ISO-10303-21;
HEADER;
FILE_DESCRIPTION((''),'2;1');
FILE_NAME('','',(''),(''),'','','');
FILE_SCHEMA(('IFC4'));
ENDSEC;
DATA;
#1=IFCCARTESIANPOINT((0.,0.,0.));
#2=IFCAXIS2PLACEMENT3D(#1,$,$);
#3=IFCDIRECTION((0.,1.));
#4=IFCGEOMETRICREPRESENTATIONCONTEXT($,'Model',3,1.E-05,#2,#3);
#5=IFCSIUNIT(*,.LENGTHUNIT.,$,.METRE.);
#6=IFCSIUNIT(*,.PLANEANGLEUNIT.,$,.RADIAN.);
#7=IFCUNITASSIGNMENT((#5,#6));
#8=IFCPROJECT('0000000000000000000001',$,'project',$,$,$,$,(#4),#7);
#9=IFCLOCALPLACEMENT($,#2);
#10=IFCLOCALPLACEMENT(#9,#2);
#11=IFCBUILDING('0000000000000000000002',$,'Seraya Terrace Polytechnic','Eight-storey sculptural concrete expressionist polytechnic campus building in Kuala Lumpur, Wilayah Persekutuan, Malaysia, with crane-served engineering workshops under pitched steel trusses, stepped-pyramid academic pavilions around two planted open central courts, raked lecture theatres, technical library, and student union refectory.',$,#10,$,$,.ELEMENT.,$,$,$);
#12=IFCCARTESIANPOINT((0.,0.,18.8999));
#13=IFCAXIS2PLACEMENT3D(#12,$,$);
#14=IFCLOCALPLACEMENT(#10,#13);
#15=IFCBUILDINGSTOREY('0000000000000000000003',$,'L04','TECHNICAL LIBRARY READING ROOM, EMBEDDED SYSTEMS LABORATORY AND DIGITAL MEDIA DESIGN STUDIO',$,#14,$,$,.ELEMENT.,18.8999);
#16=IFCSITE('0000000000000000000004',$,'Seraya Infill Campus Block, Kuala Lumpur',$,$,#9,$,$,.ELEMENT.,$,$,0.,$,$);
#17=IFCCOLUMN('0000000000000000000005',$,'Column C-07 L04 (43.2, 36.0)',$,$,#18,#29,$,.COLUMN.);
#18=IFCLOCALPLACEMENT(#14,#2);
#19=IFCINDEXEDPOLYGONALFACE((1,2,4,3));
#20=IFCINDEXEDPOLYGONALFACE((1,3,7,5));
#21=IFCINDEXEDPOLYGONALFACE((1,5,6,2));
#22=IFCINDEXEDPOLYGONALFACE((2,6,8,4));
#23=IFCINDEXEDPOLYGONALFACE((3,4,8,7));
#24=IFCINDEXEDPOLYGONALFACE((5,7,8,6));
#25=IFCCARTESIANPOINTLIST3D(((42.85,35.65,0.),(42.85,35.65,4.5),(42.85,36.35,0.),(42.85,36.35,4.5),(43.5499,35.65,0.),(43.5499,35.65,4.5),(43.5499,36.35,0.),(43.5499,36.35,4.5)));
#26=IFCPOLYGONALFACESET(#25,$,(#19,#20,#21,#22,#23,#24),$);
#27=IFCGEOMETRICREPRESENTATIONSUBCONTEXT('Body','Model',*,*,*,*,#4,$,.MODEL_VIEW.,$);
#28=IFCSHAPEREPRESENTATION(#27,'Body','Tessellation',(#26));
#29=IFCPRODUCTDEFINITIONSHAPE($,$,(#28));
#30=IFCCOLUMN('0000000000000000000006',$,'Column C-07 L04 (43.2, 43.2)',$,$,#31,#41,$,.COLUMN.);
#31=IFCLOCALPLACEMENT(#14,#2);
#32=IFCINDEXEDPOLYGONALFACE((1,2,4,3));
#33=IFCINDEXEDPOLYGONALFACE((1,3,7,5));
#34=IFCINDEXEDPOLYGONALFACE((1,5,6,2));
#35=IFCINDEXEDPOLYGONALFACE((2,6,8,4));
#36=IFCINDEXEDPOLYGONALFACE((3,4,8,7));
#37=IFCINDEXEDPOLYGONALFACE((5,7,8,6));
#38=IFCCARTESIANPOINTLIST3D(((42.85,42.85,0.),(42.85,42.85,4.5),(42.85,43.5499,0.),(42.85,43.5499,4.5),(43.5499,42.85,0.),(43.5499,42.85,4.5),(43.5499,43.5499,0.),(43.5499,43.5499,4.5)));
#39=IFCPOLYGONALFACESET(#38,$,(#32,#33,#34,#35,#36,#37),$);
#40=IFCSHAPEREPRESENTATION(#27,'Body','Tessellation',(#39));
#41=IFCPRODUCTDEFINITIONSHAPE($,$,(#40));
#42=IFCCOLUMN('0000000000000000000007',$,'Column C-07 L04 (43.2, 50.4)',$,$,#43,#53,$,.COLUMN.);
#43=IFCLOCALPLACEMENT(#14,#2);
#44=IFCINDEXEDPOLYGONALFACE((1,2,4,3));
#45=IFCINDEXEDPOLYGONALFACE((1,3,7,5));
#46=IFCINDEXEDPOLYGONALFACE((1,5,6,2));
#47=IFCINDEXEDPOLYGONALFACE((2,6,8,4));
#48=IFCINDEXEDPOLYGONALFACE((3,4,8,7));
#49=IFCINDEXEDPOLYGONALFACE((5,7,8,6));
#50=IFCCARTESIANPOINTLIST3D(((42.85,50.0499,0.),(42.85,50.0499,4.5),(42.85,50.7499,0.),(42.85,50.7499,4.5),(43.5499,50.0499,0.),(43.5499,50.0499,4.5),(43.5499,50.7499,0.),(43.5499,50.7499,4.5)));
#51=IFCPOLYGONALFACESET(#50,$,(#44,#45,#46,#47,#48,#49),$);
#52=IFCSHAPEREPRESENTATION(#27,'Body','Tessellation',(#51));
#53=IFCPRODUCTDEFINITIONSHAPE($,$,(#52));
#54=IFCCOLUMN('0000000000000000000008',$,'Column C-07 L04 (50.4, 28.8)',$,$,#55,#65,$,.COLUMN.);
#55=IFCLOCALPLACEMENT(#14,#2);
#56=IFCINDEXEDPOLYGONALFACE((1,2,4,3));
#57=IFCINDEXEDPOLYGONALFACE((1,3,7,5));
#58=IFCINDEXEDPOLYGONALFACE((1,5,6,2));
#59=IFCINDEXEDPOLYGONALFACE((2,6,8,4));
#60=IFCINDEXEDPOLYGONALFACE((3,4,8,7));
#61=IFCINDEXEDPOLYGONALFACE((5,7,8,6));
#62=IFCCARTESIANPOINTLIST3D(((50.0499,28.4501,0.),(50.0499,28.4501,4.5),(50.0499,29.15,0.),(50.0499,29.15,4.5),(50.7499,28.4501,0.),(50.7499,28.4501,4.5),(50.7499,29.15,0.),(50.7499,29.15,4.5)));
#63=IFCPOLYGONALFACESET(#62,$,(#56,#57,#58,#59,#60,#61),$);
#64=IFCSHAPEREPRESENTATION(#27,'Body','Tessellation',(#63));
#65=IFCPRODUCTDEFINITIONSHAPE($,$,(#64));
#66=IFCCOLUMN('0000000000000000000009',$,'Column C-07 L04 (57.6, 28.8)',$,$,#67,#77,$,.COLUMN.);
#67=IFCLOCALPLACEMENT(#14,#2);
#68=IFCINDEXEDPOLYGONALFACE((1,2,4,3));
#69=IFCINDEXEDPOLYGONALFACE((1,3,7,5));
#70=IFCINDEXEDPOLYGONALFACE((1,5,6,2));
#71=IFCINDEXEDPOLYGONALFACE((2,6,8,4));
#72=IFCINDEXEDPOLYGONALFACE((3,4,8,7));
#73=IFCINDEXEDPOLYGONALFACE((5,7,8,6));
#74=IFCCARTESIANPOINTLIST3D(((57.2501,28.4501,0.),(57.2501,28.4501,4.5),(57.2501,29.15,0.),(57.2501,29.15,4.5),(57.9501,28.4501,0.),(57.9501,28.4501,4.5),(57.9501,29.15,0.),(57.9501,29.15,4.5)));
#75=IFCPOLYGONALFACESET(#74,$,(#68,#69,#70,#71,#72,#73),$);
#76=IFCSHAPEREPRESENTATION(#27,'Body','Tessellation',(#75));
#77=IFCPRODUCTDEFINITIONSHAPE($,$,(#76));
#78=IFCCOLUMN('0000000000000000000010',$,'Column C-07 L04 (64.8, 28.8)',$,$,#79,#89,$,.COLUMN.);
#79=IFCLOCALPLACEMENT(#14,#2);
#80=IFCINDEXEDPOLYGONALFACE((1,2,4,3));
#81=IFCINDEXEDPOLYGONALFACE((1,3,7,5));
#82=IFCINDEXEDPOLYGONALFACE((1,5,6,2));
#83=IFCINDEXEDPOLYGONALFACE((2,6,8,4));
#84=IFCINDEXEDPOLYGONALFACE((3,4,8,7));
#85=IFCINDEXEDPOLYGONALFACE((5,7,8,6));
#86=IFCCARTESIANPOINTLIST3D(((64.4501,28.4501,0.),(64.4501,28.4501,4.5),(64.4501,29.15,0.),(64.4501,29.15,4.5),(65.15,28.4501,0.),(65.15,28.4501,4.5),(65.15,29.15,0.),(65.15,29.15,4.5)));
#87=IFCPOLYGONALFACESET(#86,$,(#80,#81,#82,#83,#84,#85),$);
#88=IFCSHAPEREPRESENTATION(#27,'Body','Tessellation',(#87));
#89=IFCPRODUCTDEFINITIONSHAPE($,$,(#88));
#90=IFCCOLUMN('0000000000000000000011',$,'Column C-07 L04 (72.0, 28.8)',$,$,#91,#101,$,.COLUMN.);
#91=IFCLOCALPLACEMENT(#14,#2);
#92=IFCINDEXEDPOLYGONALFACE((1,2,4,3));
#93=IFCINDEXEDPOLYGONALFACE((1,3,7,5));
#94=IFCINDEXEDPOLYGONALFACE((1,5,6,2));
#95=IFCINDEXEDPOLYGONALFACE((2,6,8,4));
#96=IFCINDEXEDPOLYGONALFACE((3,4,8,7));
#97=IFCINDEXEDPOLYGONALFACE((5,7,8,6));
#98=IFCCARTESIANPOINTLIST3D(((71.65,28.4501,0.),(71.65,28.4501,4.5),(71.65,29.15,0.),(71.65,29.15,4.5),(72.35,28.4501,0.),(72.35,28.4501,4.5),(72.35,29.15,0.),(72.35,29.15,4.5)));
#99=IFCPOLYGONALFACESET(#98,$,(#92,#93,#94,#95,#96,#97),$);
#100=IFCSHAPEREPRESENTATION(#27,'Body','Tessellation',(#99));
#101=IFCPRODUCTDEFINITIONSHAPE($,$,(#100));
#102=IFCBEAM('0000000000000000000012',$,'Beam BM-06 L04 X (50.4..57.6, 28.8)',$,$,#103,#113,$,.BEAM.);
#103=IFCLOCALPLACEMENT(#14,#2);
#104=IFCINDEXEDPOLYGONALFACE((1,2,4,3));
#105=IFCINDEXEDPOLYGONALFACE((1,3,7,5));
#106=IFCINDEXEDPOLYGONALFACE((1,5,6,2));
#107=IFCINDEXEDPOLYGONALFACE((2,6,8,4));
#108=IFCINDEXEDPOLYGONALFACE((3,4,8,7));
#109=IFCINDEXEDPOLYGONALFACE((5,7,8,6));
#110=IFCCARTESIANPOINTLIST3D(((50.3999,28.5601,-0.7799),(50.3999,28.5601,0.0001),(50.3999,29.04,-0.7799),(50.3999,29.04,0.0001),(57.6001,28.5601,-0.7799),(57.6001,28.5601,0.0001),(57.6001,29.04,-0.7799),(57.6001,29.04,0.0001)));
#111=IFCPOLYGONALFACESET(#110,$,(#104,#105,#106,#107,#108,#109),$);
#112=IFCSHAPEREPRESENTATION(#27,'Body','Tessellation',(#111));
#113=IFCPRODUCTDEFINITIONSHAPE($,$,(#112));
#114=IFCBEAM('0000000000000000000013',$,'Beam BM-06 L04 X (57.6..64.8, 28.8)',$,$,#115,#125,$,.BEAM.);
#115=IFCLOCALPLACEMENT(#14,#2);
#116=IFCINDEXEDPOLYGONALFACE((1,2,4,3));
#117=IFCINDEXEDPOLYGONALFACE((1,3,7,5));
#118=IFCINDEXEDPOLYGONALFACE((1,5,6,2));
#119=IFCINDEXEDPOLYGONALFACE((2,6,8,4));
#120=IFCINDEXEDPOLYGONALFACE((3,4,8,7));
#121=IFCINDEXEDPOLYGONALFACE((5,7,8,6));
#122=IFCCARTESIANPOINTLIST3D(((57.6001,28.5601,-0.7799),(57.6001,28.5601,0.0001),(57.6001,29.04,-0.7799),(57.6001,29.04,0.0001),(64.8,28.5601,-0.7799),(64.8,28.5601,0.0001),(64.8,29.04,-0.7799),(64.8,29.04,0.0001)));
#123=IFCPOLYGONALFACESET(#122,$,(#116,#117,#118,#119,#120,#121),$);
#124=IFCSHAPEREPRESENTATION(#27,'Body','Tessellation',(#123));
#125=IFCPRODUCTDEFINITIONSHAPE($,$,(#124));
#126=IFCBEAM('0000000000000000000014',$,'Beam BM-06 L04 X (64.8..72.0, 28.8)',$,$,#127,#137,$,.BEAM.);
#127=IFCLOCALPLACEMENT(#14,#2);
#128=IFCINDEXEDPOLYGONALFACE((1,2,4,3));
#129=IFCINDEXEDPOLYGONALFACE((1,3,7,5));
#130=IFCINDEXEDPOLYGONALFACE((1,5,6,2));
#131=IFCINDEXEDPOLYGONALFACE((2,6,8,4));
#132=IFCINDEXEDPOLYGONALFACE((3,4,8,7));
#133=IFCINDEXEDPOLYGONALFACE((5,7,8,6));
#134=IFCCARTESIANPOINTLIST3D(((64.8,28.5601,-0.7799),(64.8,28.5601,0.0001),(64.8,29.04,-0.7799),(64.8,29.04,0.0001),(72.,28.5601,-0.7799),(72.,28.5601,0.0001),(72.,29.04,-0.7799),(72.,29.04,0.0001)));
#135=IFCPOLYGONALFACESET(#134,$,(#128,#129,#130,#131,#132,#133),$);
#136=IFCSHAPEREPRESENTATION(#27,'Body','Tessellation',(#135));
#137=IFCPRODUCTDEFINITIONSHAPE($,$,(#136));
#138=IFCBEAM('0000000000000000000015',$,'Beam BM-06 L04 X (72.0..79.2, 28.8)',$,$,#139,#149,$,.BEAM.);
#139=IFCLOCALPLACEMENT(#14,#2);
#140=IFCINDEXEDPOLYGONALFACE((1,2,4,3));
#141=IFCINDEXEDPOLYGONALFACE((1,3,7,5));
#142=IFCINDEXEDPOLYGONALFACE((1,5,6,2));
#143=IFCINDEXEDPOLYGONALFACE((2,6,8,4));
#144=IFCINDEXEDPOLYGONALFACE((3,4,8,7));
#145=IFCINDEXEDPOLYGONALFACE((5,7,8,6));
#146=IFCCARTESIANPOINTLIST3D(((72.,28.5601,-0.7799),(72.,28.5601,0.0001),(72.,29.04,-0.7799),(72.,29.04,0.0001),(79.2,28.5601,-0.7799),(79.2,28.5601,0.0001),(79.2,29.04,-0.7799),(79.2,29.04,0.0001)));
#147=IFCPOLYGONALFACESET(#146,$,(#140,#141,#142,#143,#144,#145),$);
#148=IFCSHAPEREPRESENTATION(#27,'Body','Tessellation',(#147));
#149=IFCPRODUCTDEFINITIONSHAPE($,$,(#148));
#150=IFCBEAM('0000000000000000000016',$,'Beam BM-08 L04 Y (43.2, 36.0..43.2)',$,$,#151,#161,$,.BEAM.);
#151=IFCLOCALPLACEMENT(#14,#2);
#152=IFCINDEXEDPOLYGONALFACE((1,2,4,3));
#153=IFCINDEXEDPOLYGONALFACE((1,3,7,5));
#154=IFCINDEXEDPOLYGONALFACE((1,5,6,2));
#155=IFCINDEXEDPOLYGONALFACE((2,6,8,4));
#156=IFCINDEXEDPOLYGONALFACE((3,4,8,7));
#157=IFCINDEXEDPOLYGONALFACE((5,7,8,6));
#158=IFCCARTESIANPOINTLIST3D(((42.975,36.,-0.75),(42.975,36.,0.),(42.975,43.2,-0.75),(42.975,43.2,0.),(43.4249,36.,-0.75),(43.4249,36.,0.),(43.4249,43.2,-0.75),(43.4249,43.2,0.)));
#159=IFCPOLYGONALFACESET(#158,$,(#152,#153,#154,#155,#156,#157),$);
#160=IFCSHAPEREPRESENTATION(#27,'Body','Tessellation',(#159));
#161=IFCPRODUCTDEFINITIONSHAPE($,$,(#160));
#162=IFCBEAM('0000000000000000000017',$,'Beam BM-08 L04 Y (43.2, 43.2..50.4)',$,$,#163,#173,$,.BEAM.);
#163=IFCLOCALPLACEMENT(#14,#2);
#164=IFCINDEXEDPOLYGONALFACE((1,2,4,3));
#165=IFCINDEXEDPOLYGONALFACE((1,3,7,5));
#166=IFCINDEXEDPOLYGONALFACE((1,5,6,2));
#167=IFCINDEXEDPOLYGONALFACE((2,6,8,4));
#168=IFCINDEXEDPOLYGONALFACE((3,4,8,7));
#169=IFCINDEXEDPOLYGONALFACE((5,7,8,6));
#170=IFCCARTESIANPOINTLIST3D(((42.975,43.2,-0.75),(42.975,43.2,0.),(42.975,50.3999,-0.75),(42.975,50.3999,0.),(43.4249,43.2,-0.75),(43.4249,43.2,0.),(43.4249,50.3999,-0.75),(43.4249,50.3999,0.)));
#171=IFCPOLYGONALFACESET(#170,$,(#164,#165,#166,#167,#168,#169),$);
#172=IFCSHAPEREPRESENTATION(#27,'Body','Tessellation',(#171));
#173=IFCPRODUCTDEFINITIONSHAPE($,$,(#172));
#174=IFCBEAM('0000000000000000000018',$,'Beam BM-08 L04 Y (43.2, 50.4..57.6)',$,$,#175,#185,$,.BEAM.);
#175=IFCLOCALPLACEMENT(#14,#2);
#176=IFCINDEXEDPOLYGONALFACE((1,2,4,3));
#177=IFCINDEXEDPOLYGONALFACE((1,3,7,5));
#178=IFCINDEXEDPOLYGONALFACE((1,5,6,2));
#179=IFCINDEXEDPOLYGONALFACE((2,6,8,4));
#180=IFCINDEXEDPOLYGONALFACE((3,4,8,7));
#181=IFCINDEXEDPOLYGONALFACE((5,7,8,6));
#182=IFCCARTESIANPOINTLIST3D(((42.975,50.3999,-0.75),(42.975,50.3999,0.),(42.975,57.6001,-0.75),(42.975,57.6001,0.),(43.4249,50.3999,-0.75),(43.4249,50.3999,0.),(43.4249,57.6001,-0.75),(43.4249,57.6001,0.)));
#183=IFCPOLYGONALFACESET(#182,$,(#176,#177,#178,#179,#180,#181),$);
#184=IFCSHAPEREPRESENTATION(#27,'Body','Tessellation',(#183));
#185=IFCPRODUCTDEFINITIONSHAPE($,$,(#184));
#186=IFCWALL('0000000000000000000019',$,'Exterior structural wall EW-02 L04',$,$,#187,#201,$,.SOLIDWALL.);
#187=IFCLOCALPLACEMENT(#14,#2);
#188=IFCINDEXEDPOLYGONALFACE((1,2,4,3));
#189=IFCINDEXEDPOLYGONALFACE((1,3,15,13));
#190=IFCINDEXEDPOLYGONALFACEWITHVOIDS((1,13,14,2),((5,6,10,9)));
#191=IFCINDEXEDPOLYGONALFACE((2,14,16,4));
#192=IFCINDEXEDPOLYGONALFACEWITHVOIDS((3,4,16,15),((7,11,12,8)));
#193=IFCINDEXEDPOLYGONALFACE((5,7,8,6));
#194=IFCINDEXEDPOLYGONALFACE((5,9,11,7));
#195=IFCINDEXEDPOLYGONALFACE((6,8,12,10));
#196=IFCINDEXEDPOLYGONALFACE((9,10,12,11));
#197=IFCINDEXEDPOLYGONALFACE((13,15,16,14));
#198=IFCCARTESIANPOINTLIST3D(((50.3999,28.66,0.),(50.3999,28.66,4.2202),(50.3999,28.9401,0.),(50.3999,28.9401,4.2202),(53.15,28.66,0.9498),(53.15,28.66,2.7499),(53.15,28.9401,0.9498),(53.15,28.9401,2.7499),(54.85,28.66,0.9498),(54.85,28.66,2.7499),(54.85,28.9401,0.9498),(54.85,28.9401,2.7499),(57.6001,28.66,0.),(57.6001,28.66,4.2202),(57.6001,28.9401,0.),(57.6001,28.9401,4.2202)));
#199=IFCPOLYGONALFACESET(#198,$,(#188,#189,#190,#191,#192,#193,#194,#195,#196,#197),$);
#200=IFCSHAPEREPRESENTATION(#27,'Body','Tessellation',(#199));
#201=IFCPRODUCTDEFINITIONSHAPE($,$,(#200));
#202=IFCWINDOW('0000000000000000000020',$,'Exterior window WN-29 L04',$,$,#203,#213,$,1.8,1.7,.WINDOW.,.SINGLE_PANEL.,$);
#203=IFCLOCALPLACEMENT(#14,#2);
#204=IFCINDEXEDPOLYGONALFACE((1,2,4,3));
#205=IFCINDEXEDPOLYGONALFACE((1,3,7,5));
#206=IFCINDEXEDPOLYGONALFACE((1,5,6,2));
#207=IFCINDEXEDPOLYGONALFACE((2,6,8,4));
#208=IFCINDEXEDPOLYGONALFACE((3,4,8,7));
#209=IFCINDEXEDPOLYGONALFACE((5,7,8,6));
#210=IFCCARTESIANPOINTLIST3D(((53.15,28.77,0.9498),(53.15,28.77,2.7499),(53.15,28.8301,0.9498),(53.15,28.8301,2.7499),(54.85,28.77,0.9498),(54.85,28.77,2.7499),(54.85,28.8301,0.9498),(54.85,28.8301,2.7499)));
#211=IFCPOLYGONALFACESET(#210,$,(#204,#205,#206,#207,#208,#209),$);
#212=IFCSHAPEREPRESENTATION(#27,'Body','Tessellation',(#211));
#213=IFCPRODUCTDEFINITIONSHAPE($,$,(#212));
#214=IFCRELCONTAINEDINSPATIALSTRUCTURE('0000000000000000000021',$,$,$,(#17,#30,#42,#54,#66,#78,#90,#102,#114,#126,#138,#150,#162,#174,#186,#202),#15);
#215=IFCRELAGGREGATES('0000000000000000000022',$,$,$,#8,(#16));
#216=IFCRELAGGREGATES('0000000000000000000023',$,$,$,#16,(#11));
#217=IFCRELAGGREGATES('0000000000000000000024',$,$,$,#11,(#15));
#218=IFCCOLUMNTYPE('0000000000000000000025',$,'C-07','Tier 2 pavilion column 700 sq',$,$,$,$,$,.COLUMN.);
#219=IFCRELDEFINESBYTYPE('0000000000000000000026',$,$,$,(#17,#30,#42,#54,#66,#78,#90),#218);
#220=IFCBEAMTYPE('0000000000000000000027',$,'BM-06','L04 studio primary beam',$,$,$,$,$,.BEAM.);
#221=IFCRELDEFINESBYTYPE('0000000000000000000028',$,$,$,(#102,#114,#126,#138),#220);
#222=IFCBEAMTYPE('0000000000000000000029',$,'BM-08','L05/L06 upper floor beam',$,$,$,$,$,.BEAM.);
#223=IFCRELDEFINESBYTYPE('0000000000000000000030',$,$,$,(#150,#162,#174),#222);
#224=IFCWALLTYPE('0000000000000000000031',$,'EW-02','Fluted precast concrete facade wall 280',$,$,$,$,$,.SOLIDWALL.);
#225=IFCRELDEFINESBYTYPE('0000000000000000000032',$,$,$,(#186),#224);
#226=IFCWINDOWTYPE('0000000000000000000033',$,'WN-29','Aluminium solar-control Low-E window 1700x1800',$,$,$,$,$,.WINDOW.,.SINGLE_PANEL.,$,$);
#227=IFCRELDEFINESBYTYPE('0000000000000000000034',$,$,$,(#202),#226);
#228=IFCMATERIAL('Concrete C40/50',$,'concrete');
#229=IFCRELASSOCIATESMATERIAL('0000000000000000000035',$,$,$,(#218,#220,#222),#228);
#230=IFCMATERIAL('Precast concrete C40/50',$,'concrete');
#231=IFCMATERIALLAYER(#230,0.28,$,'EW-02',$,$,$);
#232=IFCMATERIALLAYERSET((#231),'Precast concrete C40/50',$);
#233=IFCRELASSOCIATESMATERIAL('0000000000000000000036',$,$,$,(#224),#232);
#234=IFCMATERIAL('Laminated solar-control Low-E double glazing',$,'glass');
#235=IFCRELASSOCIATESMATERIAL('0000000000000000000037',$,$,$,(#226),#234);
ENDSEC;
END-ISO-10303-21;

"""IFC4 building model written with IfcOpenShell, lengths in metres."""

from ifc_helpers import new_model, si_unit, direction, frame, frame_2d, origin, origin_2d, place, context, subcontext, project, spatial, rectangle, extrude, material, layer, layer_set, material_profile, profile_set, type_object, element, fill, save


model = new_model("IFC4")

# Units and contexts
model_context = context("Model", 3, precision=1e-05, world=origin(), true_north=direction((0.0, 1.0)))
body_context = subcontext(model_context, "Body", "Model", "MODEL_VIEW")
ifc_project = project(units=[si_unit("LENGTHUNIT", "METRE"), si_unit("PLANEANGLEUNIT", "RADIAN")], contexts=[model_context])

# Site, building, storey
site_placement = place(None, origin())
site = spatial("IfcSite", under=ifc_project, at=site_placement, Name="Seraya Infill Campus Block, Kuala Lumpur", CompositionType="ELEMENT", RefElevation=0.0)
building_placement = place(site_placement, origin())
building = spatial("IfcBuilding", under=site, at=building_placement, Name="Seraya Terrace Polytechnic", Description="Eight-storey sculptural concrete expressionist polytechnic campus building in Kuala Lumpur, Wilayah Persekutuan, Malaysia, with crane-served engineering workshops under pitched steel trusses, stepped-pyramid academic pavilions around two planted open central courts, raked lecture theatres, technical library, and student union refectory.", CompositionType="ELEMENT")
storey_placement = place(building_placement, frame((0.0, 0.0, 18.8999)))
storey = spatial("IfcBuildingStorey", under=building, at=storey_placement, Name="L04", Description="TECHNICAL LIBRARY READING ROOM, EMBEDDED SYSTEMS LABORATORY AND DIGITAL MEDIA DESIGN STUDIO", CompositionType="ELEMENT", Elevation=18.8999)

# Columns
ifc_material_1 = material(Name="Concrete C40/50", Category="concrete")
ifc_material_profile_1 = material_profile(ifc_material_1, rectangle(XDim=0.7, YDim=0.7, at=origin_2d()), Name="RC 700x700")
ifc_profile_set_1 = profile_set([ifc_material_profile_1], Name="Concrete C40/50")
column_type = type_object("IfcColumnType", Name="C-07", Description="Tier 2 pavilion column 700 sq", PredefinedType="COLUMN", material=ifc_profile_set_1)
for number, where, z_axis, x_axis, name in (
    (1, (43.2, 36.0, 0.0), (0.0, 0.0, 1.0), (1.0, 0.0, 0.0), "Column C-07 L04 (43.2, 36.0)"),
    (2, (43.2, 43.2, 0.0), (0.0, 0.0, 1.0), (1.0, 0.0, 0.0), "Column C-07 L04 (43.2, 43.2)"),
    (3, (43.2, 50.3999, 0.0), (0.0, 0.0, 1.0), (1.0, 0.0, 0.0), "Column C-07 L04 (43.2, 50.4)"),
    (4, (50.3999, 28.8, 0.0), (0.0, 0.0, 1.0), (1.0, 0.0, 0.0), "Column C-07 L04 (50.4, 28.8)"),
    (5, (57.6001, 28.8, 0.0), (0.0, 0.0, 1.0), (1.0, 0.0, 0.0), "Column C-07 L04 (57.6, 28.8)"),
    (6, (64.8, 28.8, 0.0), (0.0, 0.0, 1.0), (1.0, 0.0, 0.0), "Column C-07 L04 (64.8, 28.8)"),
    (7, (72.0, 28.8, 0.0), (0.0, 0.0, 1.0), (1.0, 0.0, 0.0), "Column C-07 L04 (72.0, 28.8)"),
):
    element("IfcColumn", number, at=place(storey_placement, frame(where, z_axis=z_axis, x_axis=x_axis)), inside=storey, type_object=column_type, Name=name, PredefinedType="COLUMN", context=body_context, shape_type="SweptSolid", body=[
        extrude(rectangle(XDim=0.7, YDim=0.7, at=origin_2d()), origin(), (0.0, 0.0, 1.0), 4.5),
    ])

# Beams
ifc_material_profile_2 = material_profile(ifc_material_1, rectangle(XDim=0.48, YDim=0.78, at=origin_2d()), Name="RC 480x780")
ifc_profile_set_2 = profile_set([ifc_material_profile_2], Name="Concrete C40/50")
beam_type_1 = type_object("IfcBeamType", Name="BM-06", Description="L04 studio primary beam", PredefinedType="BEAM", material=ifc_profile_set_2)
beam_1_placement = place(storey_placement, frame((50.3999, 28.8, -0.3899), z_axis=(1.0, 0.0, 0.0), x_axis=(0.0, 1.0, 0.0)))
element("IfcBeam", 8, at=beam_1_placement, inside=storey, type_object=beam_type_1, Name="Beam BM-06 L04 X (50.4..57.6, 28.8)", PredefinedType="BEAM", context=body_context, shape_type="SweptSolid", body=[
    extrude(rectangle(XDim=0.48, YDim=0.78, at=origin_2d()), origin(), (0.0, 0.0, 1.0), 7.2002),
])
for number, where, z_axis, x_axis, name in (
    (9, (57.6001, 28.8, -0.3899), (1.0, 0.0, 0.0), (0.0, 1.0, 0.0), "Beam BM-06 L04 X (57.6..64.8, 28.8)"),
    (10, (64.8, 28.8, -0.3899), (1.0, 0.0, 0.0), (0.0, 1.0, 0.0), "Beam BM-06 L04 X (64.8..72.0, 28.8)"),
    (11, (72.0, 28.8, -0.3899), (1.0, 0.0, 0.0), (0.0, 1.0, 0.0), "Beam BM-06 L04 X (72.0..79.2, 28.8)"),
):
    element("IfcBeam", number, at=place(storey_placement, frame(where, z_axis=z_axis, x_axis=x_axis)), inside=storey, type_object=beam_type_1, Name=name, PredefinedType="BEAM", context=body_context, shape_type="SweptSolid", body=[
        extrude(rectangle(XDim=0.48, YDim=0.78, at=origin_2d()), origin(), (0.0, 0.0, 1.0), 7.2),
    ])
ifc_material_profile_3 = material_profile(ifc_material_1, rectangle(XDim=0.45, YDim=0.75, at=origin_2d()), Name="RC 450x750")
ifc_profile_set_3 = profile_set([ifc_material_profile_3], Name="Concrete C40/50")
beam_type_2 = type_object("IfcBeamType", Name="BM-08", Description="L05/L06 upper floor beam", PredefinedType="BEAM", material=ifc_profile_set_3)
for number, where, z_axis, x_axis, name in (
    (12, (43.2, 36.0, -0.375), (0.0, 1.0, 0.0), (-1.0, 0.0, 0.0), "Beam BM-08 L04 Y (43.2, 36.0..43.2)"),
    (13, (43.2, 43.2, -0.375), (0.0, 1.0, 0.0), (-1.0, 0.0, 0.0), "Beam BM-08 L04 Y (43.2, 43.2..50.4)"),
):
    element("IfcBeam", number, at=place(storey_placement, frame(where, z_axis=z_axis, x_axis=x_axis)), inside=storey, type_object=beam_type_2, Name=name, PredefinedType="BEAM", context=body_context, shape_type="SweptSolid", body=[
        extrude(rectangle(XDim=0.45, YDim=0.75, at=origin_2d()), origin(), (0.0, 0.0, 1.0), 7.2),
    ])
beam_2_placement = place(storey_placement, frame((43.2, 50.3999, -0.375), z_axis=(0.0, 1.0, 0.0), x_axis=(-1.0, 0.0, 0.0)))
element("IfcBeam", 14, at=beam_2_placement, inside=storey, type_object=beam_type_2, Name="Beam BM-08 L04 Y (43.2, 50.4..57.6)", PredefinedType="BEAM", context=body_context, shape_type="SweptSolid", body=[
    extrude(rectangle(XDim=0.45, YDim=0.75, at=origin_2d()), origin(), (0.0, 0.0, 1.0), 7.2002),
])

# Wall, opening, window
ifc_material_2 = material(Name="Precast concrete C40/50", Category="concrete")
ifc_layer = layer(ifc_material_2, 0.28, Name="EW-02")
ifc_layer_set = layer_set([ifc_layer], Name="Precast concrete C40/50")
wall_type = type_object("IfcWallType", Name="EW-02", Description="Fluted precast concrete facade wall 280", PredefinedType="SOLIDWALL", material=ifc_layer_set)
wall_1_placement = place(storey_placement, frame((50.3999, 28.8, 0.0), z_axis=(0.0, 0.0, 1.0), x_axis=(1.0, 0.0, 0.0)))
wall_1 = element("IfcWall", 15, at=wall_1_placement, inside=storey, type_object=wall_type, Name="Exterior structural wall EW-02 L04", PredefinedType="SOLIDWALL", context=body_context, shape_type="SweptSolid", body=[
    extrude(rectangle(XDim=7.2002, YDim=0.28, at=frame_2d((3.6001, 0.0))), origin(), (0.0, 0.0, 1.0), 4.2202),
])
opening_1_placement = place(wall_1_placement, frame((2.75, 0.0, 0.95)))
opening_1 = element("IfcOpeningElement", 16, at=opening_1_placement, cuts=wall_1, PredefinedType="OPENING", context=body_context, shape_type="SweptSolid", body=[
    extrude(rectangle(XDim=1.7, YDim=1.8, at=frame_2d((0.8501, 0.8999))), frame((0.0, 0.1519, 0.0), z_axis=(0.0, -1.0, 0.0), x_axis=(1.0, 0.0, 0.0)), (0.0, 0.0, 1.0), 0.304),
])
ifc_material_3 = material(Name="Laminated solar-control Low-E double glazing", Category="glass")
window_type_1 = type_object("IfcWindowType", Name="WN-29", Description="Aluminium solar-control Low-E window 1700x1800", PartitioningType="SINGLE_PANEL", PredefinedType="WINDOW", material=ifc_material_3)
window_1_placement = place(opening_1_placement, origin())
window_1 = element("IfcWindow", 17, at=window_1_placement, inside=storey, type_object=window_type_1, Name="Exterior window WN-29 L04", OverallHeight=1.8, OverallWidth=1.7, PartitioningType="SINGLE_PANEL", PredefinedType="WINDOW", context=body_context, shape_type="SweptSolid", body=[
    extrude(rectangle(XDim=1.7, YDim=1.8, at=frame_2d((0.8501, 0.8999))), frame((0.0, 0.03, 0.0), z_axis=(0.0, -1.0, 0.0), x_axis=(1.0, 0.0, 0.0)), (0.0, 0.0, 1.0), 0.0601),
])
fill(opening_1, window_1)

save(model, "model.ifc")
